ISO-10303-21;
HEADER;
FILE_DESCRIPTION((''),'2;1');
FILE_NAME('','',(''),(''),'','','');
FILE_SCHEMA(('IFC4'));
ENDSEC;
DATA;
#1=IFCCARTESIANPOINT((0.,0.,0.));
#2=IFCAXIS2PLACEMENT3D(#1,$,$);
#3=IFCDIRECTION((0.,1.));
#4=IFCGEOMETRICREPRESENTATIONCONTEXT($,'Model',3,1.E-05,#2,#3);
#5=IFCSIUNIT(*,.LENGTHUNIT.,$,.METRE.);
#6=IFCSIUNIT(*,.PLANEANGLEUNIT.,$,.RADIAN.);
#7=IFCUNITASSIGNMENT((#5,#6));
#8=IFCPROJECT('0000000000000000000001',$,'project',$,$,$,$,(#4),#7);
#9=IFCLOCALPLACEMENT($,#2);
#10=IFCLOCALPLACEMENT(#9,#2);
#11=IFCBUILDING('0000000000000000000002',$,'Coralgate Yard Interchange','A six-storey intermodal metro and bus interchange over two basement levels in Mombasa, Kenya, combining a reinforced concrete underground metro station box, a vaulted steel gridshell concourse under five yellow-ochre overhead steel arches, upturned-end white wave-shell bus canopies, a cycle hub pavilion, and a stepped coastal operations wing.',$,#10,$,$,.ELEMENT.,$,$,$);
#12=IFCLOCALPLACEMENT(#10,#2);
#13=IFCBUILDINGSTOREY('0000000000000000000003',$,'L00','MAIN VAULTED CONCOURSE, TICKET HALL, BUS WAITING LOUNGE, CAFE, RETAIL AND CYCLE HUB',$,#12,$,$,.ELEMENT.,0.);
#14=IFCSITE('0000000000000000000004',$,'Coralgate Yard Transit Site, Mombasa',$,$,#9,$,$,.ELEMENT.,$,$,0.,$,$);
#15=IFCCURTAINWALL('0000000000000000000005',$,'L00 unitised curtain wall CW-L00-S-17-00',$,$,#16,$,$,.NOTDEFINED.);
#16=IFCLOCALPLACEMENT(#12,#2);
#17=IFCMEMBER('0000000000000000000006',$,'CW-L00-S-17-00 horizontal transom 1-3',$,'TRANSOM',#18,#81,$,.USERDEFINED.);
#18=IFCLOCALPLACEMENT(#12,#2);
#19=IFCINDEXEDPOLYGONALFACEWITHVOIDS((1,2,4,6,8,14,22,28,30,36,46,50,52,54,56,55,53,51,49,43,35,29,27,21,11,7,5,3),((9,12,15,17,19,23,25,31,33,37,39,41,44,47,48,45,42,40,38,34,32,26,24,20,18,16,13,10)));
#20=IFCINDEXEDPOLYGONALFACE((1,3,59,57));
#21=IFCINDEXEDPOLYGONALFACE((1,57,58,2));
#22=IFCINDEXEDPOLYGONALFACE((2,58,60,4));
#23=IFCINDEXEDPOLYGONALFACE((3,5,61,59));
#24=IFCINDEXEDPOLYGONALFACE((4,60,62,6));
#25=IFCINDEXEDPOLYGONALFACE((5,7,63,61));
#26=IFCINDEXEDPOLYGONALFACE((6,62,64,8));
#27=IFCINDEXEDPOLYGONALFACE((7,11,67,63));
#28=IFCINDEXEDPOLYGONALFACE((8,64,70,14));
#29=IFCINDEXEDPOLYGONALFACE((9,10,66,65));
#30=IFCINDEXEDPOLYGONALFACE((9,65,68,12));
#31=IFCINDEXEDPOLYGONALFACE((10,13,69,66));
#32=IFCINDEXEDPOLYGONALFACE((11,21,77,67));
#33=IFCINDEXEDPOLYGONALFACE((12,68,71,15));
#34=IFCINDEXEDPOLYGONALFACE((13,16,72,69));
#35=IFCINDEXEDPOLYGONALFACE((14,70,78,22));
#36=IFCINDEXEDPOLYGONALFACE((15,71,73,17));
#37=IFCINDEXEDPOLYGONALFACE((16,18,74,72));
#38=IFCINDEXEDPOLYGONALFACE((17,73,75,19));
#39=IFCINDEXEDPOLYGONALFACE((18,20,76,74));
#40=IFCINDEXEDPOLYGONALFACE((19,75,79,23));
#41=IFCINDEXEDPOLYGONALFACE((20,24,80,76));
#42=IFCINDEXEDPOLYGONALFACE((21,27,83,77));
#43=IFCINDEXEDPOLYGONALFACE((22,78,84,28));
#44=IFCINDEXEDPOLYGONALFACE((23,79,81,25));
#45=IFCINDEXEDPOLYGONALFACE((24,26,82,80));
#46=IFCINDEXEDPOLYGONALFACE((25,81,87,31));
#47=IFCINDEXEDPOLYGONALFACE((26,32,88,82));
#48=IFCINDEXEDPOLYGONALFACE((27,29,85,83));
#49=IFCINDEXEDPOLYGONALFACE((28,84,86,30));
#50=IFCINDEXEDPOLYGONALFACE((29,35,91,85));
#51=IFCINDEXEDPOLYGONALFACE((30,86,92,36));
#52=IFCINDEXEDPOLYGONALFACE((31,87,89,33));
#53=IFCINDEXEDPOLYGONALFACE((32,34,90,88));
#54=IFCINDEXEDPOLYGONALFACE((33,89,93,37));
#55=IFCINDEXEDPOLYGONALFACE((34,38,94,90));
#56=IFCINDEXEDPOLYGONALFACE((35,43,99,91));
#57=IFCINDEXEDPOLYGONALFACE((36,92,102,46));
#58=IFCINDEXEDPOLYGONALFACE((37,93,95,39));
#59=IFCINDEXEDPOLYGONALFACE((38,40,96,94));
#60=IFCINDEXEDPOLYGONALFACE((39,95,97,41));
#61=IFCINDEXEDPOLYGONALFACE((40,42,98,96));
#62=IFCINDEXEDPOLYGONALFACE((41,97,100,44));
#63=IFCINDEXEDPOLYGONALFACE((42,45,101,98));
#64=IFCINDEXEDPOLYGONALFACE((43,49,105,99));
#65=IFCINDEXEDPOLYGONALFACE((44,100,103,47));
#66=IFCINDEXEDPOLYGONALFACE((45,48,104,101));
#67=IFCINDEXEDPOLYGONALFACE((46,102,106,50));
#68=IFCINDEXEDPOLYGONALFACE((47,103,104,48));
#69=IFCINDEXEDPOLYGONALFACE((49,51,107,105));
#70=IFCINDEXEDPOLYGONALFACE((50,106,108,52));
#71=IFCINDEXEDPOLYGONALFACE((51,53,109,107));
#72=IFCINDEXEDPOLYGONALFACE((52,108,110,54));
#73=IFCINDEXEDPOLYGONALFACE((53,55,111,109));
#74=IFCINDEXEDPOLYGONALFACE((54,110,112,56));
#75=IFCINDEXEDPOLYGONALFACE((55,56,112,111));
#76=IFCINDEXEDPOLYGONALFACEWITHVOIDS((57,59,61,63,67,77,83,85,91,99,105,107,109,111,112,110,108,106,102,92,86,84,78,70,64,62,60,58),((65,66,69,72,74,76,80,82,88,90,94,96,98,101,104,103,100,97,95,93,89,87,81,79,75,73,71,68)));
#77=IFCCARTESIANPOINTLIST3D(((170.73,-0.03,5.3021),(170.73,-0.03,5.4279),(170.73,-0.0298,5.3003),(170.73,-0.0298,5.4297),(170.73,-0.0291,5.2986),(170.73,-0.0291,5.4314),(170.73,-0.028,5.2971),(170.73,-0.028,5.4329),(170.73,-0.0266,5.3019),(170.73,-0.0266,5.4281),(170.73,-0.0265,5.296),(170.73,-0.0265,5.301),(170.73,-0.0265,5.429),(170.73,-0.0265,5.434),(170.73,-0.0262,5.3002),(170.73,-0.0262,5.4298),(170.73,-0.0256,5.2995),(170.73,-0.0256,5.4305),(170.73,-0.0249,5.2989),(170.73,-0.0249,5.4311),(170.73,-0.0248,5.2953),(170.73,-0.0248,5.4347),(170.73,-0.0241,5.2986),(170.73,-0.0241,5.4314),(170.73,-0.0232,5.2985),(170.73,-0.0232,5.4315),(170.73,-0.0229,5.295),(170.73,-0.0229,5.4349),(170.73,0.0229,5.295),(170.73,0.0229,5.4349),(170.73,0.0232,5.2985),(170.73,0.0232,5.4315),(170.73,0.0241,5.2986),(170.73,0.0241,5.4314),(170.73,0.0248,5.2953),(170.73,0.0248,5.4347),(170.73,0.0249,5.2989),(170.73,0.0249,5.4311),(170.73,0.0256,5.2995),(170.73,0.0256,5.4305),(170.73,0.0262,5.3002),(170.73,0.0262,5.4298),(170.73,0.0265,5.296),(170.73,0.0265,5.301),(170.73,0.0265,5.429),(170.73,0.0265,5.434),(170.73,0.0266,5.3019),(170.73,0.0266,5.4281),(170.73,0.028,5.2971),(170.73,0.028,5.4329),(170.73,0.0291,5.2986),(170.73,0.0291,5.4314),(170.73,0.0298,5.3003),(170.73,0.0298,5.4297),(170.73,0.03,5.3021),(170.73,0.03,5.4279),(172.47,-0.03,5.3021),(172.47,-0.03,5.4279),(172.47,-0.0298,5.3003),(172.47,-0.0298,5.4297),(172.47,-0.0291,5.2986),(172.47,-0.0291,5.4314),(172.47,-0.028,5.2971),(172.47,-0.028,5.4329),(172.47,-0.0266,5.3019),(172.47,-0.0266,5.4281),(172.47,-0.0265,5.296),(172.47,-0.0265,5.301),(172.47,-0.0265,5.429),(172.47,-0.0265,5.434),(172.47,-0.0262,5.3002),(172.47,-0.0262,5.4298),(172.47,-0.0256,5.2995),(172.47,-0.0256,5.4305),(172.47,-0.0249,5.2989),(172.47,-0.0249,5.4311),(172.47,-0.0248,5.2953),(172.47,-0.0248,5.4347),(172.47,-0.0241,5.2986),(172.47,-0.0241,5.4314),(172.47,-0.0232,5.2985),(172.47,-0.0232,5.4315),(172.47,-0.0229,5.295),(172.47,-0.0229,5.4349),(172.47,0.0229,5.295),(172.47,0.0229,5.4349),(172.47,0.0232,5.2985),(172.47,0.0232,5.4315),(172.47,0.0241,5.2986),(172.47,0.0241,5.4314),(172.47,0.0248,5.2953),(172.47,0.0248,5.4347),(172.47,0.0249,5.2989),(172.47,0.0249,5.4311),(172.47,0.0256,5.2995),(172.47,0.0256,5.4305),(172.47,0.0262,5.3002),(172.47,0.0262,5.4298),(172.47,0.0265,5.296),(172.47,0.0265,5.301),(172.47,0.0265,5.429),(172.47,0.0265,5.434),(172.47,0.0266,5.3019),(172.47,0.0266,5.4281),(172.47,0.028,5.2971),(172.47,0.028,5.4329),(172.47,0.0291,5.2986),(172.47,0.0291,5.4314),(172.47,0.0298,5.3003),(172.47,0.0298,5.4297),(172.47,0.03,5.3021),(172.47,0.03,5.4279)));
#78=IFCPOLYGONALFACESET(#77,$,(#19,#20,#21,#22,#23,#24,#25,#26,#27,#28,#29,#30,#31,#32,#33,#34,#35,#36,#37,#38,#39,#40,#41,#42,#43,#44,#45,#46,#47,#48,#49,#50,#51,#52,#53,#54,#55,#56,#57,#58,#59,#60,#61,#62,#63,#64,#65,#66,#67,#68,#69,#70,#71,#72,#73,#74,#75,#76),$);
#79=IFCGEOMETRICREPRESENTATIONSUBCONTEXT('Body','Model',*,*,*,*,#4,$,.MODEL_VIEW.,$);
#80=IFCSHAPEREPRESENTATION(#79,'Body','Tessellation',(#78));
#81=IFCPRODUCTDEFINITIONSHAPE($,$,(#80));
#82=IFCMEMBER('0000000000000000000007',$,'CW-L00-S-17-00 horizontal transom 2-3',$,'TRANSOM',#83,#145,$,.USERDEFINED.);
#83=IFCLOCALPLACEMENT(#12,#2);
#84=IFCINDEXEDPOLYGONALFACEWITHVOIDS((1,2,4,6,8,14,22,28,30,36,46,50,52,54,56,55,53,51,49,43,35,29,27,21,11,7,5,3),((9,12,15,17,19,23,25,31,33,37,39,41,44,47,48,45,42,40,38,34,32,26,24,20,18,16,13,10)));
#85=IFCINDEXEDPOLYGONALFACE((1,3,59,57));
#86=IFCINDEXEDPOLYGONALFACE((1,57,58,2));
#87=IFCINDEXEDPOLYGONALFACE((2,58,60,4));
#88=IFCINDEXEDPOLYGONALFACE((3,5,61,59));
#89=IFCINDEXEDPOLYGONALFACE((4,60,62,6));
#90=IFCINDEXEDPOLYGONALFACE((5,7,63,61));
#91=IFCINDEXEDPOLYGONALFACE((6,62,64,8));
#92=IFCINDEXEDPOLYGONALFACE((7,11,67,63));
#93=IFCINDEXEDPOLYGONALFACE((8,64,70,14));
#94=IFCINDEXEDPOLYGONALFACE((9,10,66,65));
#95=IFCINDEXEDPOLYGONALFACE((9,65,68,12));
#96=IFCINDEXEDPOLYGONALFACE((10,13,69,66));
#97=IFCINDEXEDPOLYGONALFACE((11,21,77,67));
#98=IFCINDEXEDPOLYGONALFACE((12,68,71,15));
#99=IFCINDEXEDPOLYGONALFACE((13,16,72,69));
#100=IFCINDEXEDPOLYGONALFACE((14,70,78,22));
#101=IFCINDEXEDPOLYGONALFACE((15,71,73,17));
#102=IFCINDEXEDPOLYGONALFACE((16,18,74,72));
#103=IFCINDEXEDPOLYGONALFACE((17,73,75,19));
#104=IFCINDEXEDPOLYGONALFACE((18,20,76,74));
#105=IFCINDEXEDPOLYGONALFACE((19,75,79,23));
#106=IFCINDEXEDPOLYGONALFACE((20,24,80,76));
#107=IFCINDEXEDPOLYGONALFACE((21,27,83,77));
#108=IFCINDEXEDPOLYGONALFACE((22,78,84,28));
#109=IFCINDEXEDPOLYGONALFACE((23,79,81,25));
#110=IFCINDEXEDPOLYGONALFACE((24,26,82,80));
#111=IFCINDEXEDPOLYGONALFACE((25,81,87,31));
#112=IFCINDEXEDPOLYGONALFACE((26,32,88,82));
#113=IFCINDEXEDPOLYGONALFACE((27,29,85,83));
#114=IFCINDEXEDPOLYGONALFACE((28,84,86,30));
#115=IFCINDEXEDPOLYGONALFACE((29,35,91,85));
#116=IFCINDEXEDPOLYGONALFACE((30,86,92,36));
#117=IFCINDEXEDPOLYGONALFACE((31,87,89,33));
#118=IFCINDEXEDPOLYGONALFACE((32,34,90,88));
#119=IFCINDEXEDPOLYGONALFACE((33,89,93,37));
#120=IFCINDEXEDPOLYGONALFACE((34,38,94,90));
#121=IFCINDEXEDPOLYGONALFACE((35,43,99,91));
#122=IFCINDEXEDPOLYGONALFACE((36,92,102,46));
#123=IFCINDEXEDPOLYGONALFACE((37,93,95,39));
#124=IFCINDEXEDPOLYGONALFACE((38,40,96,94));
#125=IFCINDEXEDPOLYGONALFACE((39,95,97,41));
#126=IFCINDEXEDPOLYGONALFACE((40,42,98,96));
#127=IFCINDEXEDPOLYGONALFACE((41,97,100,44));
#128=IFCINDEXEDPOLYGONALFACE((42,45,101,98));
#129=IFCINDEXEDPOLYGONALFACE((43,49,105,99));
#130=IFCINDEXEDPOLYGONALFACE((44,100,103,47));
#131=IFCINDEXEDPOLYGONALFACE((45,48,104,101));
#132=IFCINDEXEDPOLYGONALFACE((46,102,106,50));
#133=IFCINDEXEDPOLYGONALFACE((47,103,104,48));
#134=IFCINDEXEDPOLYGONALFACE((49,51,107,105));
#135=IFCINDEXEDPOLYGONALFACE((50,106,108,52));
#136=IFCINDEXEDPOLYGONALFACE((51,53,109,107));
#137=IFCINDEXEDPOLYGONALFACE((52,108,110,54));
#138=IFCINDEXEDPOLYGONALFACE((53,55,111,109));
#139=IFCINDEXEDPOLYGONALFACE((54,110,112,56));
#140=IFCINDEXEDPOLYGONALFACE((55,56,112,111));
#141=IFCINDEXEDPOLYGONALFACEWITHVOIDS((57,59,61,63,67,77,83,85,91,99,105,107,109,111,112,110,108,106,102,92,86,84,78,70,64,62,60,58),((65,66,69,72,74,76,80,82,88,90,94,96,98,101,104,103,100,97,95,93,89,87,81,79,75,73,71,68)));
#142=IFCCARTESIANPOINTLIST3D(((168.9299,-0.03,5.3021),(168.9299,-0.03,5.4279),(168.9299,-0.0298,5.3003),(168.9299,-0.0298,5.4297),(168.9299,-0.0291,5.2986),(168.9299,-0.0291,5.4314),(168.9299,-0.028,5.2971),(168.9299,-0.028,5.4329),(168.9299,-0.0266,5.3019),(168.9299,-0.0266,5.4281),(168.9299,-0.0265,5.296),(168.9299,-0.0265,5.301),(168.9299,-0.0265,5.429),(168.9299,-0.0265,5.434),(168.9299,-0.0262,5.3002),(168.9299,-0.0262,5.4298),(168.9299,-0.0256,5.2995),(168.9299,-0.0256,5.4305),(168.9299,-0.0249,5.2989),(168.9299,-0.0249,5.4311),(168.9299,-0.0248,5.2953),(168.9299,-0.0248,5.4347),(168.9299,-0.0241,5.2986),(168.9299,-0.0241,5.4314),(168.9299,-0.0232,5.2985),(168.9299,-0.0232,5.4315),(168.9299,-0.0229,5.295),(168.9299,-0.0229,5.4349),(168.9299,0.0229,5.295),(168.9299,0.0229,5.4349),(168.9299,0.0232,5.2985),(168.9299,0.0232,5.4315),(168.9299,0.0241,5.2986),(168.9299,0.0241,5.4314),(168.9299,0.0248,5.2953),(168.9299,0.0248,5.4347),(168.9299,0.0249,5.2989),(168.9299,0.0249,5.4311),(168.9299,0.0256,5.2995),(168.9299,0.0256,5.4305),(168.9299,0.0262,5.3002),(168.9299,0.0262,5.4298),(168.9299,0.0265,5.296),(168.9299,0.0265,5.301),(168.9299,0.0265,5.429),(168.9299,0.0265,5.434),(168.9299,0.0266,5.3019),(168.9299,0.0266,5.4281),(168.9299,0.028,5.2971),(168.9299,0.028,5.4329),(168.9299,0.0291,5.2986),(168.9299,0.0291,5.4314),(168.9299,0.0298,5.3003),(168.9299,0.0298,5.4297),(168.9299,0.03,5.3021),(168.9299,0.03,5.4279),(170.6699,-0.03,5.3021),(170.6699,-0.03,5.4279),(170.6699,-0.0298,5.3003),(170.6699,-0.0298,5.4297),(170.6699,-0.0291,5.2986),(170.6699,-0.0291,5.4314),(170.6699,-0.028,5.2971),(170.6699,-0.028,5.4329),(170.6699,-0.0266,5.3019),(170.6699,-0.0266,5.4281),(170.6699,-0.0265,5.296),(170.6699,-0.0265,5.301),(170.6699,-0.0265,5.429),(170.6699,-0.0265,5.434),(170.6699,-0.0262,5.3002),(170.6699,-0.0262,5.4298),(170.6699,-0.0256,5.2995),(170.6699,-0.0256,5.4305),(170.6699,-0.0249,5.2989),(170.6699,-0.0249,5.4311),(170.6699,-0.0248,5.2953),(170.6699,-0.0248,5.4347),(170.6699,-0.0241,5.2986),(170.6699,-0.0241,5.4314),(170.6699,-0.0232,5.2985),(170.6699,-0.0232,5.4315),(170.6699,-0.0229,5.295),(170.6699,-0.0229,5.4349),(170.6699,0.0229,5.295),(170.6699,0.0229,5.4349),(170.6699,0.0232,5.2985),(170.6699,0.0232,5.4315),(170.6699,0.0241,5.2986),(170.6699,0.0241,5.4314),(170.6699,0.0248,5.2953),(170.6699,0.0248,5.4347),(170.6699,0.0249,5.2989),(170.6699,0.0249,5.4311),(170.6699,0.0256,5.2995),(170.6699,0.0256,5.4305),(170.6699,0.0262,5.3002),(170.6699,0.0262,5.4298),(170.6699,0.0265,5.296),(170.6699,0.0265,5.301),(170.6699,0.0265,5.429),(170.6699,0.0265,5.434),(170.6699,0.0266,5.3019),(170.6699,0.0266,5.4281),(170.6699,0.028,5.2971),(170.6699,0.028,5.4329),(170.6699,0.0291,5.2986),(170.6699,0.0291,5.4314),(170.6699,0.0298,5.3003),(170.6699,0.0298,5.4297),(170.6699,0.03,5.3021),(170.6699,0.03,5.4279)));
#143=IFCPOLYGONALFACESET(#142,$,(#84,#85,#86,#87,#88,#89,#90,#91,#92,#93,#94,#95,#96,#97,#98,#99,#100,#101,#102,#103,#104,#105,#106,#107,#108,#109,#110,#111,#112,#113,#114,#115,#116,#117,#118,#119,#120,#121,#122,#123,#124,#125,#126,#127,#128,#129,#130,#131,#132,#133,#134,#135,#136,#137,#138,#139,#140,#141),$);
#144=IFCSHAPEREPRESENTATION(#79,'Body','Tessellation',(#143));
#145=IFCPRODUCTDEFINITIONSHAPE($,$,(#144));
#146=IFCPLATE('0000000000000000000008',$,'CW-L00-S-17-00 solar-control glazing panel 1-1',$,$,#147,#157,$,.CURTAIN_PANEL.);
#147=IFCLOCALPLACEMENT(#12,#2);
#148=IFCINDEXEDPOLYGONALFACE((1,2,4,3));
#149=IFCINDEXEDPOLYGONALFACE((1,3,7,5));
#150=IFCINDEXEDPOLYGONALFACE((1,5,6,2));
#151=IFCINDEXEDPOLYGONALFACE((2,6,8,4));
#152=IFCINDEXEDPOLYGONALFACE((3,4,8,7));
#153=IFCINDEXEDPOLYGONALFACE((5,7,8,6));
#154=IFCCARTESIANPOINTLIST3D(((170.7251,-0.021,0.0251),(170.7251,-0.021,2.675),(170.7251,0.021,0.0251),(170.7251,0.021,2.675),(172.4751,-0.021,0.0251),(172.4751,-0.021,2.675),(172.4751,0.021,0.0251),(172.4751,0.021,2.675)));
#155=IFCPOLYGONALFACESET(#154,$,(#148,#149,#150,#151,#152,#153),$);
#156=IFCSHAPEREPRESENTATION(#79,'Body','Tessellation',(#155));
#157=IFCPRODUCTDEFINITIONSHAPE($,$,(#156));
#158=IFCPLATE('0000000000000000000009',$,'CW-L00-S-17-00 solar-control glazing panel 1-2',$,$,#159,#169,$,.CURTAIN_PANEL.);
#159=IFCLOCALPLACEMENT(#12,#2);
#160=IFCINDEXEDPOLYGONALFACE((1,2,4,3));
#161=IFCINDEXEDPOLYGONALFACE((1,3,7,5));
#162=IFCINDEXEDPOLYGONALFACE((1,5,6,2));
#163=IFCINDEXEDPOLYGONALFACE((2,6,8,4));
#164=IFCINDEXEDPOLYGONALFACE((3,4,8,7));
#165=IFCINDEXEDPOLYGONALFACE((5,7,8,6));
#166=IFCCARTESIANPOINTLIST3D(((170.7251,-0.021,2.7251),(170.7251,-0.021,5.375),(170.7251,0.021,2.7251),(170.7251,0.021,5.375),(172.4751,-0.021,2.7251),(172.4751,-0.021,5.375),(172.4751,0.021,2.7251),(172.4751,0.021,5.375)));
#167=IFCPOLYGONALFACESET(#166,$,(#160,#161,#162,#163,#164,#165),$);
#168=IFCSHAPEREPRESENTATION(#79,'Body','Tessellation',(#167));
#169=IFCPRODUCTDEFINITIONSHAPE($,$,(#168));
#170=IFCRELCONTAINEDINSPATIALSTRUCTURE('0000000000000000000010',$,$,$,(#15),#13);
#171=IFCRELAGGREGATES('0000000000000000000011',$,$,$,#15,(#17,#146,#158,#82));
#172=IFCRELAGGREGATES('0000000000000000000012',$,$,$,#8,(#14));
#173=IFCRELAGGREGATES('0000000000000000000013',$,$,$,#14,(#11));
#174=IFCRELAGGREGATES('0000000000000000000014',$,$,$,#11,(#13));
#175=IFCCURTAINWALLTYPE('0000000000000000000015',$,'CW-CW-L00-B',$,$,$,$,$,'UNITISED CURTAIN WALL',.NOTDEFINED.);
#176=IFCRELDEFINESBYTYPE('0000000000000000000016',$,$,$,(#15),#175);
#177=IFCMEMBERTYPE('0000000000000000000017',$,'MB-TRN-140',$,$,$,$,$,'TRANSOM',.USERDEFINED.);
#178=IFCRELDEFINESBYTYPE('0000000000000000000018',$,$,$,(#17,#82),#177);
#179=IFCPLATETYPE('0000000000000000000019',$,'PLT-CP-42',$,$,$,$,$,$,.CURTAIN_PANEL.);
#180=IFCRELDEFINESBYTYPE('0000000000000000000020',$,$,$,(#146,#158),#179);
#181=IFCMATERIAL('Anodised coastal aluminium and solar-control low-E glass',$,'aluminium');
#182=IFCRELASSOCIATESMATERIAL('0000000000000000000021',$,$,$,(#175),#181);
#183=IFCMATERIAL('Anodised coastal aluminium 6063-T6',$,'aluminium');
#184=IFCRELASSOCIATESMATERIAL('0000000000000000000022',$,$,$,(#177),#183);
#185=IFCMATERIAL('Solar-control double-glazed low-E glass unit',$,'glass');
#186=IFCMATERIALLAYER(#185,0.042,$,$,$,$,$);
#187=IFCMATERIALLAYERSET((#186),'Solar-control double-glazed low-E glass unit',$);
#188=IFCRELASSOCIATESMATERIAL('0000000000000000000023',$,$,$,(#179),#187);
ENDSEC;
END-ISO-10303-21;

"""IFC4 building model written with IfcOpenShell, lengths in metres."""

from ifc_helpers import new_model, si_unit, direction, frame, origin, origin_2d, place, context, subcontext, project, spatial, rectangle, hollow_rectangle, extrude, material, layer, layer_set, material_profile, profile_set, type_object, element, aggregate, save


model = new_model("IFC4")

# Units and contexts
model_context = context("Model", 3, precision=1e-05, world=origin(), true_north=direction((0.0, 1.0)))
body_context = subcontext(model_context, "Body", "Model", "MODEL_VIEW")
ifc_project = project(units=[si_unit("LENGTHUNIT", "METRE"), si_unit("PLANEANGLEUNIT", "RADIAN")], contexts=[model_context])

# Site, building, storey
site_placement = place(None, origin())
site = spatial("IfcSite", under=ifc_project, at=site_placement, Name="Coralgate Yard Transit Site, Mombasa", CompositionType="ELEMENT", RefElevation=0.0)
building_placement = place(site_placement, origin())
building = spatial("IfcBuilding", under=site, at=building_placement, Name="Coralgate Yard Interchange", Description="A six-storey intermodal metro and bus interchange over two basement levels in Mombasa, Kenya, combining a reinforced concrete underground metro station box, a vaulted steel gridshell concourse under five yellow-ochre overhead steel arches, upturned-end white wave-shell bus canopies, a cycle hub pavilion, and a stepped coastal operations wing.", CompositionType="ELEMENT")
storey_placement = place(building_placement, origin())
storey = spatial("IfcBuildingStorey", under=building, at=storey_placement, Name="L00", Description="MAIN VAULTED CONCOURSE, TICKET HALL, BUS WAITING LOUNGE, CAFE, RETAIL AND CYCLE HUB", CompositionType="ELEMENT", Elevation=0.0)

# Curtain wall, members, plates
ifc_material_1 = material(Name="Anodised coastal aluminium and solar-control low-E glass", Category="aluminium")
curtain_wall_type = type_object("IfcCurtainWallType", Name="CW-CW-L00-B", ElementType="UNITISED CURTAIN WALL", PredefinedType="NOTDEFINED", material=ifc_material_1)
curtain_wall_placement = place(storey_placement, origin())
curtain_wall = element("IfcCurtainWall", 1, at=curtain_wall_placement, inside=storey, type_object=curtain_wall_type, Name="L00 unitised curtain wall CW-L00-S-17-00", PredefinedType="NOTDEFINED")
ifc_material_2 = material(Name="Anodised coastal aluminium 6063-T6", Category="aluminium")
ifc_material_profile_1 = material_profile(ifc_material_2, hollow_rectangle(XDim=0.0601, YDim=0.1399, WallThickness=0.0034, InnerFilletRadius=0.0034, OuterFilletRadius=0.0071, at=origin_2d()), Name="ALU 60x140x3.5")
ifc_profile_set_1 = profile_set([ifc_material_profile_1], Name="Anodised coastal aluminium 6063-T6")
member_type_1 = type_object("IfcMemberType", Name="MB-TRN-140", ElementType="TRANSOM", PredefinedType="USERDEFINED", material=ifc_profile_set_1)
member_1_placement = place(storey_placement, frame((172.47, 0.0, 5.365), z_axis=(-1.0, 0.0, 0.0), x_axis=(0.0, -1.0, 0.0)))
member_1 = element("IfcMember", 2, at=member_1_placement, type_object=member_type_1, Name="CW-L00-S-17-00 horizontal transom 1-3", ObjectType="TRANSOM", PredefinedType="USERDEFINED", context=body_context, shape_type="SweptSolid", body=[
    extrude(hollow_rectangle(XDim=0.0601, YDim=0.1399, WallThickness=0.0034, InnerFilletRadius=0.0034, OuterFilletRadius=0.0071, at=origin_2d()), origin(), (0.0, 0.0, 1.0), 1.74),
])
member_2_placement = place(storey_placement, frame((170.6699, 0.0, 5.365), z_axis=(-1.0, 0.0, 0.0), x_axis=(0.0, -1.0, 0.0)))
member_2 = element("IfcMember", 3, at=member_2_placement, type_object=member_type_1, Name="CW-L00-S-17-00 horizontal transom 2-3", ObjectType="TRANSOM", PredefinedType="USERDEFINED", context=body_context, shape_type="SweptSolid", body=[
    extrude(hollow_rectangle(XDim=0.0601, YDim=0.1399, WallThickness=0.0034, InnerFilletRadius=0.0034, OuterFilletRadius=0.0071, at=origin_2d()), origin(), (0.0, 0.0, 1.0), 1.74),
])
ifc_material_3 = material(Name="Solar-control double-glazed low-E glass unit", Category="glass")
ifc_layer_1 = layer(ifc_material_3, 0.042)
ifc_layer_set_1 = layer_set([ifc_layer_1], Name="Solar-control double-glazed low-E glass unit")
plate_type = type_object("IfcPlateType", Name="PLT-CP-42", PredefinedType="CURTAIN_PANEL", material=ifc_layer_set_1)
plate_1_placement = place(storey_placement, frame((171.6001, 0.0, 0.0251), z_axis=(0.0, 0.0, 1.0), x_axis=(-1.0, 0.0, 0.0)))
plate_1 = element("IfcPlate", 4, at=plate_1_placement, type_object=plate_type, Name="CW-L00-S-17-00 solar-control glazing panel 1-1", PredefinedType="CURTAIN_PANEL", context=body_context, shape_type="SweptSolid", body=[
    extrude(rectangle(XDim=1.75, YDim=0.042, at=origin_2d()), origin(), (0.0, 0.0, 1.0), 2.6499),
])
plate_2_placement = place(storey_placement, frame((171.6001, 0.0, 2.7251), z_axis=(0.0, 0.0, 1.0), x_axis=(-1.0, 0.0, 0.0)))
plate_2 = element("IfcPlate", 5, at=plate_2_placement, type_object=plate_type, Name="CW-L00-S-17-00 solar-control glazing panel 1-2", PredefinedType="CURTAIN_PANEL", context=body_context, shape_type="SweptSolid", body=[
    extrude(rectangle(XDim=1.75, YDim=0.042, at=origin_2d()), origin(), (0.0, 0.0, 1.0), 2.6499),
])
aggregate(curtain_wall, [member_1, plate_1, plate_2, member_2])

save(model, "model.ifc")
